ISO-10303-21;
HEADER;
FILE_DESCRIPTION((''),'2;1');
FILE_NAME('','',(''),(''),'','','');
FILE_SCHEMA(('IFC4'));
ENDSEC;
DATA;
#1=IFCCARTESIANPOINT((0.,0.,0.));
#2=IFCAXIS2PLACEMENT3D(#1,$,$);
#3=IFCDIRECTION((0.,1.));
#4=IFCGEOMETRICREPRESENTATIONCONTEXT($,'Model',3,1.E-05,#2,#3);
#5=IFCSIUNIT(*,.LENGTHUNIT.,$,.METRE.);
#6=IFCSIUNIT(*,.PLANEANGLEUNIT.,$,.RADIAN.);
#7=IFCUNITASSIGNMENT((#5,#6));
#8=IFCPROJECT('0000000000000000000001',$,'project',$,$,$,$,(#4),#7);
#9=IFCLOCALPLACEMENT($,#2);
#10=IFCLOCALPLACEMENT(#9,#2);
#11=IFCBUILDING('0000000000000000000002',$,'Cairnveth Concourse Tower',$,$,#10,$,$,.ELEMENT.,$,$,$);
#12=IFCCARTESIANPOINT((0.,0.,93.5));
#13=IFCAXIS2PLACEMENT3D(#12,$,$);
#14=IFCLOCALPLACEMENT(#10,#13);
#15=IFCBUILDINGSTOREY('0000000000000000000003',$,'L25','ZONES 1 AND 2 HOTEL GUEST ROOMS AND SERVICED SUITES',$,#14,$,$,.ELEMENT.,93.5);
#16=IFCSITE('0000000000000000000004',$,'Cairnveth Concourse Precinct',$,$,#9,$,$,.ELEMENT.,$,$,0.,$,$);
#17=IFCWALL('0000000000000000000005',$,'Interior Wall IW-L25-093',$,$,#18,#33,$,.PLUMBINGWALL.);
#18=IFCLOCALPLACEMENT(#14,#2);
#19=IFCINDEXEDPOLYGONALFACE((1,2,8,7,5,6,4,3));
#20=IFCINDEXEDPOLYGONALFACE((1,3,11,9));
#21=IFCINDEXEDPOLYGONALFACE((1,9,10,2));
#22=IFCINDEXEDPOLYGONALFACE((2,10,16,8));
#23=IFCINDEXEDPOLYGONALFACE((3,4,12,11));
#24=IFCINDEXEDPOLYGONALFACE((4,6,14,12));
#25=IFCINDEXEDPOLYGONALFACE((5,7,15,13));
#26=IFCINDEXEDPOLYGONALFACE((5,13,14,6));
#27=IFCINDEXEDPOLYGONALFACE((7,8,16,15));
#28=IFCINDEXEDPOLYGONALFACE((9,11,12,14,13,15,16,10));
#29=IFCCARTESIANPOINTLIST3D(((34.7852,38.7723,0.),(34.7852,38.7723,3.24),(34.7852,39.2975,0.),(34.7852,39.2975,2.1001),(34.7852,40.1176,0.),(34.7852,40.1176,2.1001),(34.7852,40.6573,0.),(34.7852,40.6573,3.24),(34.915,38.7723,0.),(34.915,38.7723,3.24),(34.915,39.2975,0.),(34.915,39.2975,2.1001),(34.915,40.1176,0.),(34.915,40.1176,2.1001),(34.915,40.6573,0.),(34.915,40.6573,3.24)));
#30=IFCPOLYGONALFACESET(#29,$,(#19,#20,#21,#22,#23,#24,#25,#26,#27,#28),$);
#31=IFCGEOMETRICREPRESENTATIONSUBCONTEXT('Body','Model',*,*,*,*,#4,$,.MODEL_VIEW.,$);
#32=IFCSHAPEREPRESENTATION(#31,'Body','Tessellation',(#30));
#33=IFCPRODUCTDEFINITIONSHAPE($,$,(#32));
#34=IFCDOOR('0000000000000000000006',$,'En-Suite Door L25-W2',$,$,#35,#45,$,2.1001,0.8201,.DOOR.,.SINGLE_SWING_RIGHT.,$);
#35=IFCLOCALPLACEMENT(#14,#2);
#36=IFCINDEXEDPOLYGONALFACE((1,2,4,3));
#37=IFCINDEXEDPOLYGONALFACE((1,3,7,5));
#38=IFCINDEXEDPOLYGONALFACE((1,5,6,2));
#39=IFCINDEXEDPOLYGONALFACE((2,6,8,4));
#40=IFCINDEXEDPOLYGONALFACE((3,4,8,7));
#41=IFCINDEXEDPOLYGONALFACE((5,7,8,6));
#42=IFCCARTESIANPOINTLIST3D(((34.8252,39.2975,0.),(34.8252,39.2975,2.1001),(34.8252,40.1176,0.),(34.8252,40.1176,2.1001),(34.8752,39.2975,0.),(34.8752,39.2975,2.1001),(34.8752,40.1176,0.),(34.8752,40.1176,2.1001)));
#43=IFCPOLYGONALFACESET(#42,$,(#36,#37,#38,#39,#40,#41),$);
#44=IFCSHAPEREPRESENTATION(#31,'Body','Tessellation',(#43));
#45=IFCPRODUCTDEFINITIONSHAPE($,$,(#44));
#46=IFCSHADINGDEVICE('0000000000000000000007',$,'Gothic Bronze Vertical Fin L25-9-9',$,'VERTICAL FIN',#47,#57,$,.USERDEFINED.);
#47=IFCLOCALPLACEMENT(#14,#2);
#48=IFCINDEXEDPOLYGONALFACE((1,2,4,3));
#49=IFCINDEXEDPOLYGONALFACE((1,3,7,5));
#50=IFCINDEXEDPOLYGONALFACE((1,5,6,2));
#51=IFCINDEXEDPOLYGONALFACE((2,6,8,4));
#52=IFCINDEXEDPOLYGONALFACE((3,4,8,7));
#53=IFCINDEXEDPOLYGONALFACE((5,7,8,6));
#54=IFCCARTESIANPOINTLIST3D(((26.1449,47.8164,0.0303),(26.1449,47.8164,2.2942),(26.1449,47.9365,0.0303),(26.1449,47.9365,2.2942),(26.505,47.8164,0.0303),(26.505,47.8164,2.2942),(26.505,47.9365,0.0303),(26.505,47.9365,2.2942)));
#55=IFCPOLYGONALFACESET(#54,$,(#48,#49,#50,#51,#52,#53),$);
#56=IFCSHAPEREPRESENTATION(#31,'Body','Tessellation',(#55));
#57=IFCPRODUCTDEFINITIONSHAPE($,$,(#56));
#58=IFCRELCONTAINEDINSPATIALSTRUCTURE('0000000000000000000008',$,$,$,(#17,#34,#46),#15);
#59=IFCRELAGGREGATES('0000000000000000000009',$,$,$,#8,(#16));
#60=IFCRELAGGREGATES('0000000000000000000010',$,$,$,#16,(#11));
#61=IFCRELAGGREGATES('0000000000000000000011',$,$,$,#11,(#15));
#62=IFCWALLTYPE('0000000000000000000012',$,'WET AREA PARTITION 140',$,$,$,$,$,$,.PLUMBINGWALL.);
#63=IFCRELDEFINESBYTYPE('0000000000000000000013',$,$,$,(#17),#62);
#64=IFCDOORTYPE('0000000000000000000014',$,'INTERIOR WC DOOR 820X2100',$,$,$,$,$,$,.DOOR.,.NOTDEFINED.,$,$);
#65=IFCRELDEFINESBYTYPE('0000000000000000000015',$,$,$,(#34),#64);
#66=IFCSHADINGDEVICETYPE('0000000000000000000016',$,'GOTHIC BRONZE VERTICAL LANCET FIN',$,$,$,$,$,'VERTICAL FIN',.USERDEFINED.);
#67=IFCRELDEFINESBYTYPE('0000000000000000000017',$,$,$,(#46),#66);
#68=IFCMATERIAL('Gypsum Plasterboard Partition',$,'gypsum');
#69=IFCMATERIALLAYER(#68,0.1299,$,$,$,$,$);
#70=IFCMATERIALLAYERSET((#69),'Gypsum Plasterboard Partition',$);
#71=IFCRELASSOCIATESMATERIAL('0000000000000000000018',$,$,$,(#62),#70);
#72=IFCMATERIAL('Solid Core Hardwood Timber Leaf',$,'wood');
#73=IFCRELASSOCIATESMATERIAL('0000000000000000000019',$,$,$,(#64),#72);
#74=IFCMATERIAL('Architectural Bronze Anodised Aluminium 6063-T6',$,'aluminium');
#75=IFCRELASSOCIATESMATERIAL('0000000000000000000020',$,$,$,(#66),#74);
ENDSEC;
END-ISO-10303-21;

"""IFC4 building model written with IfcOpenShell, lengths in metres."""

from ifc_helpers import new_model, si_unit, direction, frame, frame_2d, origin, origin_2d, place, context, subcontext, project, spatial, rectangle, extrude, material, layer, layer_set, type_object, element, fill, save


model = new_model("IFC4")

# Units and contexts
model_context = context("Model", 3, precision=1e-05, world=origin(), true_north=direction((0.0, 1.0)))
body_context = subcontext(model_context, "Body", "Model", "MODEL_VIEW")
ifc_project = project(units=[si_unit("LENGTHUNIT", "METRE"), si_unit("PLANEANGLEUNIT", "RADIAN")], contexts=[model_context])

# Site, building, storey
site_placement = place(None, origin())
site = spatial("IfcSite", under=ifc_project, at=site_placement, Name="Cairnveth Concourse Precinct", CompositionType="ELEMENT", RefElevation=0.0)
building_placement = place(site_placement, origin())
building = spatial("IfcBuilding", under=site, at=building_placement, Name="Cairnveth Concourse Tower", CompositionType="ELEMENT")
storey_placement = place(building_placement, frame((0.0, 0.0, 93.5)))
storey = spatial("IfcBuildingStorey", under=building, at=storey_placement, Name="L25", Description="ZONES 1 AND 2 HOTEL GUEST ROOMS AND SERVICED SUITES", CompositionType="ELEMENT", Elevation=93.5)

# Shared definitions
ifc_material_1 = material(Name="Gypsum Plasterboard Partition", Category="gypsum")

# Shared definitions
ifc_material_2 = material(Name="Solid Core Hardwood Timber Leaf", Category="wood")

# Shared definitions
ifc_layer_1 = layer(ifc_material_1, 0.1299)
ifc_layer_set_1 = layer_set([ifc_layer_1], Name="Gypsum Plasterboard Partition")
wall_type_1 = type_object("IfcWallType", Name="WET AREA PARTITION 140", PredefinedType="PLUMBINGWALL", material=ifc_layer_set_1)

# Wall, opening, door
wall_1_placement = place(storey_placement, frame((34.8501, 38.7725, 0.0), z_axis=(0.0, 0.0, 1.0), x_axis=(0.0, 1.0, 0.0)))
wall_1 = element("IfcWall", 1, at=wall_1_placement, inside=storey, type_object=wall_type_1, Name="Interior Wall IW-L25-093", PredefinedType="PLUMBINGWALL", context=body_context, shape_type="SweptSolid", body=[
    extrude(rectangle(XDim=1.885, YDim=0.1299, at=frame_2d((0.9424, 0.0))), origin(), (0.0, 0.0, 1.0), 3.24),
])
opening_1_placement = place(wall_1_placement, frame((0.5249, 0.0, 0.0)))
opening_1 = element("IfcOpeningElement", 2, at=opening_1_placement, cuts=wall_1, PredefinedType="OPENING", context=body_context, shape_type="SweptSolid", body=[
    extrude(rectangle(XDim=0.8201, YDim=2.1001, at=frame_2d((0.4102, 1.05))), frame((0.0, 0.075, 0.0), z_axis=(0.0, -1.0, 0.0), x_axis=(1.0, 0.0, 0.0)), (0.0, 0.0, 1.0), 0.1499),
])
door_type_1 = type_object("IfcDoorType", Name="INTERIOR WC DOOR 820X2100", OperationType="NOTDEFINED", PredefinedType="DOOR", material=ifc_material_2)
door_1_placement = place(opening_1_placement, origin())
door_1 = element("IfcDoor", 3, at=door_1_placement, inside=storey, type_object=door_type_1, Name="En-Suite Door L25-W2", OperationType="SINGLE_SWING_RIGHT", OverallHeight=2.1001, OverallWidth=0.8201, PredefinedType="DOOR", context=body_context, shape_type="SweptSolid", body=[
    extrude(rectangle(XDim=0.8201, YDim=2.1001, at=frame_2d((0.4102, 1.05))), frame((0.0, 0.0249, 0.0), z_axis=(0.0, -1.0, 0.0), x_axis=(1.0, 0.0, 0.0)), (0.0, 0.0, 1.0), 0.05),
])
fill(opening_1, door_1)

# Shading device
ifc_material_3 = material(Name="Architectural Bronze Anodised Aluminium 6063-T6", Category="aluminium")
shading_device_type = type_object("IfcShadingDeviceType", Name="GOTHIC BRONZE VERTICAL LANCET FIN", ElementType="VERTICAL FIN", PredefinedType="USERDEFINED", material=ifc_material_3)
shading_device_placement = place(storey_placement, frame((26.325, 47.8765, 0.0303), z_axis=(0.0, 0.0, 1.0), x_axis=(0.0, 1.0, 0.0)))
element("IfcShadingDevice", 4, at=shading_device_placement, inside=storey, type_object=shading_device_type, Name="Gothic Bronze Vertical Fin L25-9-9", ObjectType="VERTICAL FIN", PredefinedType="USERDEFINED", context=body_context, shape_type="SweptSolid", body=[
    extrude(rectangle(XDim=0.1201, YDim=0.3601, at=origin_2d()), origin(), (0.0, 0.0, 1.0), 2.2639),
])

save(model, "model.ifc")
